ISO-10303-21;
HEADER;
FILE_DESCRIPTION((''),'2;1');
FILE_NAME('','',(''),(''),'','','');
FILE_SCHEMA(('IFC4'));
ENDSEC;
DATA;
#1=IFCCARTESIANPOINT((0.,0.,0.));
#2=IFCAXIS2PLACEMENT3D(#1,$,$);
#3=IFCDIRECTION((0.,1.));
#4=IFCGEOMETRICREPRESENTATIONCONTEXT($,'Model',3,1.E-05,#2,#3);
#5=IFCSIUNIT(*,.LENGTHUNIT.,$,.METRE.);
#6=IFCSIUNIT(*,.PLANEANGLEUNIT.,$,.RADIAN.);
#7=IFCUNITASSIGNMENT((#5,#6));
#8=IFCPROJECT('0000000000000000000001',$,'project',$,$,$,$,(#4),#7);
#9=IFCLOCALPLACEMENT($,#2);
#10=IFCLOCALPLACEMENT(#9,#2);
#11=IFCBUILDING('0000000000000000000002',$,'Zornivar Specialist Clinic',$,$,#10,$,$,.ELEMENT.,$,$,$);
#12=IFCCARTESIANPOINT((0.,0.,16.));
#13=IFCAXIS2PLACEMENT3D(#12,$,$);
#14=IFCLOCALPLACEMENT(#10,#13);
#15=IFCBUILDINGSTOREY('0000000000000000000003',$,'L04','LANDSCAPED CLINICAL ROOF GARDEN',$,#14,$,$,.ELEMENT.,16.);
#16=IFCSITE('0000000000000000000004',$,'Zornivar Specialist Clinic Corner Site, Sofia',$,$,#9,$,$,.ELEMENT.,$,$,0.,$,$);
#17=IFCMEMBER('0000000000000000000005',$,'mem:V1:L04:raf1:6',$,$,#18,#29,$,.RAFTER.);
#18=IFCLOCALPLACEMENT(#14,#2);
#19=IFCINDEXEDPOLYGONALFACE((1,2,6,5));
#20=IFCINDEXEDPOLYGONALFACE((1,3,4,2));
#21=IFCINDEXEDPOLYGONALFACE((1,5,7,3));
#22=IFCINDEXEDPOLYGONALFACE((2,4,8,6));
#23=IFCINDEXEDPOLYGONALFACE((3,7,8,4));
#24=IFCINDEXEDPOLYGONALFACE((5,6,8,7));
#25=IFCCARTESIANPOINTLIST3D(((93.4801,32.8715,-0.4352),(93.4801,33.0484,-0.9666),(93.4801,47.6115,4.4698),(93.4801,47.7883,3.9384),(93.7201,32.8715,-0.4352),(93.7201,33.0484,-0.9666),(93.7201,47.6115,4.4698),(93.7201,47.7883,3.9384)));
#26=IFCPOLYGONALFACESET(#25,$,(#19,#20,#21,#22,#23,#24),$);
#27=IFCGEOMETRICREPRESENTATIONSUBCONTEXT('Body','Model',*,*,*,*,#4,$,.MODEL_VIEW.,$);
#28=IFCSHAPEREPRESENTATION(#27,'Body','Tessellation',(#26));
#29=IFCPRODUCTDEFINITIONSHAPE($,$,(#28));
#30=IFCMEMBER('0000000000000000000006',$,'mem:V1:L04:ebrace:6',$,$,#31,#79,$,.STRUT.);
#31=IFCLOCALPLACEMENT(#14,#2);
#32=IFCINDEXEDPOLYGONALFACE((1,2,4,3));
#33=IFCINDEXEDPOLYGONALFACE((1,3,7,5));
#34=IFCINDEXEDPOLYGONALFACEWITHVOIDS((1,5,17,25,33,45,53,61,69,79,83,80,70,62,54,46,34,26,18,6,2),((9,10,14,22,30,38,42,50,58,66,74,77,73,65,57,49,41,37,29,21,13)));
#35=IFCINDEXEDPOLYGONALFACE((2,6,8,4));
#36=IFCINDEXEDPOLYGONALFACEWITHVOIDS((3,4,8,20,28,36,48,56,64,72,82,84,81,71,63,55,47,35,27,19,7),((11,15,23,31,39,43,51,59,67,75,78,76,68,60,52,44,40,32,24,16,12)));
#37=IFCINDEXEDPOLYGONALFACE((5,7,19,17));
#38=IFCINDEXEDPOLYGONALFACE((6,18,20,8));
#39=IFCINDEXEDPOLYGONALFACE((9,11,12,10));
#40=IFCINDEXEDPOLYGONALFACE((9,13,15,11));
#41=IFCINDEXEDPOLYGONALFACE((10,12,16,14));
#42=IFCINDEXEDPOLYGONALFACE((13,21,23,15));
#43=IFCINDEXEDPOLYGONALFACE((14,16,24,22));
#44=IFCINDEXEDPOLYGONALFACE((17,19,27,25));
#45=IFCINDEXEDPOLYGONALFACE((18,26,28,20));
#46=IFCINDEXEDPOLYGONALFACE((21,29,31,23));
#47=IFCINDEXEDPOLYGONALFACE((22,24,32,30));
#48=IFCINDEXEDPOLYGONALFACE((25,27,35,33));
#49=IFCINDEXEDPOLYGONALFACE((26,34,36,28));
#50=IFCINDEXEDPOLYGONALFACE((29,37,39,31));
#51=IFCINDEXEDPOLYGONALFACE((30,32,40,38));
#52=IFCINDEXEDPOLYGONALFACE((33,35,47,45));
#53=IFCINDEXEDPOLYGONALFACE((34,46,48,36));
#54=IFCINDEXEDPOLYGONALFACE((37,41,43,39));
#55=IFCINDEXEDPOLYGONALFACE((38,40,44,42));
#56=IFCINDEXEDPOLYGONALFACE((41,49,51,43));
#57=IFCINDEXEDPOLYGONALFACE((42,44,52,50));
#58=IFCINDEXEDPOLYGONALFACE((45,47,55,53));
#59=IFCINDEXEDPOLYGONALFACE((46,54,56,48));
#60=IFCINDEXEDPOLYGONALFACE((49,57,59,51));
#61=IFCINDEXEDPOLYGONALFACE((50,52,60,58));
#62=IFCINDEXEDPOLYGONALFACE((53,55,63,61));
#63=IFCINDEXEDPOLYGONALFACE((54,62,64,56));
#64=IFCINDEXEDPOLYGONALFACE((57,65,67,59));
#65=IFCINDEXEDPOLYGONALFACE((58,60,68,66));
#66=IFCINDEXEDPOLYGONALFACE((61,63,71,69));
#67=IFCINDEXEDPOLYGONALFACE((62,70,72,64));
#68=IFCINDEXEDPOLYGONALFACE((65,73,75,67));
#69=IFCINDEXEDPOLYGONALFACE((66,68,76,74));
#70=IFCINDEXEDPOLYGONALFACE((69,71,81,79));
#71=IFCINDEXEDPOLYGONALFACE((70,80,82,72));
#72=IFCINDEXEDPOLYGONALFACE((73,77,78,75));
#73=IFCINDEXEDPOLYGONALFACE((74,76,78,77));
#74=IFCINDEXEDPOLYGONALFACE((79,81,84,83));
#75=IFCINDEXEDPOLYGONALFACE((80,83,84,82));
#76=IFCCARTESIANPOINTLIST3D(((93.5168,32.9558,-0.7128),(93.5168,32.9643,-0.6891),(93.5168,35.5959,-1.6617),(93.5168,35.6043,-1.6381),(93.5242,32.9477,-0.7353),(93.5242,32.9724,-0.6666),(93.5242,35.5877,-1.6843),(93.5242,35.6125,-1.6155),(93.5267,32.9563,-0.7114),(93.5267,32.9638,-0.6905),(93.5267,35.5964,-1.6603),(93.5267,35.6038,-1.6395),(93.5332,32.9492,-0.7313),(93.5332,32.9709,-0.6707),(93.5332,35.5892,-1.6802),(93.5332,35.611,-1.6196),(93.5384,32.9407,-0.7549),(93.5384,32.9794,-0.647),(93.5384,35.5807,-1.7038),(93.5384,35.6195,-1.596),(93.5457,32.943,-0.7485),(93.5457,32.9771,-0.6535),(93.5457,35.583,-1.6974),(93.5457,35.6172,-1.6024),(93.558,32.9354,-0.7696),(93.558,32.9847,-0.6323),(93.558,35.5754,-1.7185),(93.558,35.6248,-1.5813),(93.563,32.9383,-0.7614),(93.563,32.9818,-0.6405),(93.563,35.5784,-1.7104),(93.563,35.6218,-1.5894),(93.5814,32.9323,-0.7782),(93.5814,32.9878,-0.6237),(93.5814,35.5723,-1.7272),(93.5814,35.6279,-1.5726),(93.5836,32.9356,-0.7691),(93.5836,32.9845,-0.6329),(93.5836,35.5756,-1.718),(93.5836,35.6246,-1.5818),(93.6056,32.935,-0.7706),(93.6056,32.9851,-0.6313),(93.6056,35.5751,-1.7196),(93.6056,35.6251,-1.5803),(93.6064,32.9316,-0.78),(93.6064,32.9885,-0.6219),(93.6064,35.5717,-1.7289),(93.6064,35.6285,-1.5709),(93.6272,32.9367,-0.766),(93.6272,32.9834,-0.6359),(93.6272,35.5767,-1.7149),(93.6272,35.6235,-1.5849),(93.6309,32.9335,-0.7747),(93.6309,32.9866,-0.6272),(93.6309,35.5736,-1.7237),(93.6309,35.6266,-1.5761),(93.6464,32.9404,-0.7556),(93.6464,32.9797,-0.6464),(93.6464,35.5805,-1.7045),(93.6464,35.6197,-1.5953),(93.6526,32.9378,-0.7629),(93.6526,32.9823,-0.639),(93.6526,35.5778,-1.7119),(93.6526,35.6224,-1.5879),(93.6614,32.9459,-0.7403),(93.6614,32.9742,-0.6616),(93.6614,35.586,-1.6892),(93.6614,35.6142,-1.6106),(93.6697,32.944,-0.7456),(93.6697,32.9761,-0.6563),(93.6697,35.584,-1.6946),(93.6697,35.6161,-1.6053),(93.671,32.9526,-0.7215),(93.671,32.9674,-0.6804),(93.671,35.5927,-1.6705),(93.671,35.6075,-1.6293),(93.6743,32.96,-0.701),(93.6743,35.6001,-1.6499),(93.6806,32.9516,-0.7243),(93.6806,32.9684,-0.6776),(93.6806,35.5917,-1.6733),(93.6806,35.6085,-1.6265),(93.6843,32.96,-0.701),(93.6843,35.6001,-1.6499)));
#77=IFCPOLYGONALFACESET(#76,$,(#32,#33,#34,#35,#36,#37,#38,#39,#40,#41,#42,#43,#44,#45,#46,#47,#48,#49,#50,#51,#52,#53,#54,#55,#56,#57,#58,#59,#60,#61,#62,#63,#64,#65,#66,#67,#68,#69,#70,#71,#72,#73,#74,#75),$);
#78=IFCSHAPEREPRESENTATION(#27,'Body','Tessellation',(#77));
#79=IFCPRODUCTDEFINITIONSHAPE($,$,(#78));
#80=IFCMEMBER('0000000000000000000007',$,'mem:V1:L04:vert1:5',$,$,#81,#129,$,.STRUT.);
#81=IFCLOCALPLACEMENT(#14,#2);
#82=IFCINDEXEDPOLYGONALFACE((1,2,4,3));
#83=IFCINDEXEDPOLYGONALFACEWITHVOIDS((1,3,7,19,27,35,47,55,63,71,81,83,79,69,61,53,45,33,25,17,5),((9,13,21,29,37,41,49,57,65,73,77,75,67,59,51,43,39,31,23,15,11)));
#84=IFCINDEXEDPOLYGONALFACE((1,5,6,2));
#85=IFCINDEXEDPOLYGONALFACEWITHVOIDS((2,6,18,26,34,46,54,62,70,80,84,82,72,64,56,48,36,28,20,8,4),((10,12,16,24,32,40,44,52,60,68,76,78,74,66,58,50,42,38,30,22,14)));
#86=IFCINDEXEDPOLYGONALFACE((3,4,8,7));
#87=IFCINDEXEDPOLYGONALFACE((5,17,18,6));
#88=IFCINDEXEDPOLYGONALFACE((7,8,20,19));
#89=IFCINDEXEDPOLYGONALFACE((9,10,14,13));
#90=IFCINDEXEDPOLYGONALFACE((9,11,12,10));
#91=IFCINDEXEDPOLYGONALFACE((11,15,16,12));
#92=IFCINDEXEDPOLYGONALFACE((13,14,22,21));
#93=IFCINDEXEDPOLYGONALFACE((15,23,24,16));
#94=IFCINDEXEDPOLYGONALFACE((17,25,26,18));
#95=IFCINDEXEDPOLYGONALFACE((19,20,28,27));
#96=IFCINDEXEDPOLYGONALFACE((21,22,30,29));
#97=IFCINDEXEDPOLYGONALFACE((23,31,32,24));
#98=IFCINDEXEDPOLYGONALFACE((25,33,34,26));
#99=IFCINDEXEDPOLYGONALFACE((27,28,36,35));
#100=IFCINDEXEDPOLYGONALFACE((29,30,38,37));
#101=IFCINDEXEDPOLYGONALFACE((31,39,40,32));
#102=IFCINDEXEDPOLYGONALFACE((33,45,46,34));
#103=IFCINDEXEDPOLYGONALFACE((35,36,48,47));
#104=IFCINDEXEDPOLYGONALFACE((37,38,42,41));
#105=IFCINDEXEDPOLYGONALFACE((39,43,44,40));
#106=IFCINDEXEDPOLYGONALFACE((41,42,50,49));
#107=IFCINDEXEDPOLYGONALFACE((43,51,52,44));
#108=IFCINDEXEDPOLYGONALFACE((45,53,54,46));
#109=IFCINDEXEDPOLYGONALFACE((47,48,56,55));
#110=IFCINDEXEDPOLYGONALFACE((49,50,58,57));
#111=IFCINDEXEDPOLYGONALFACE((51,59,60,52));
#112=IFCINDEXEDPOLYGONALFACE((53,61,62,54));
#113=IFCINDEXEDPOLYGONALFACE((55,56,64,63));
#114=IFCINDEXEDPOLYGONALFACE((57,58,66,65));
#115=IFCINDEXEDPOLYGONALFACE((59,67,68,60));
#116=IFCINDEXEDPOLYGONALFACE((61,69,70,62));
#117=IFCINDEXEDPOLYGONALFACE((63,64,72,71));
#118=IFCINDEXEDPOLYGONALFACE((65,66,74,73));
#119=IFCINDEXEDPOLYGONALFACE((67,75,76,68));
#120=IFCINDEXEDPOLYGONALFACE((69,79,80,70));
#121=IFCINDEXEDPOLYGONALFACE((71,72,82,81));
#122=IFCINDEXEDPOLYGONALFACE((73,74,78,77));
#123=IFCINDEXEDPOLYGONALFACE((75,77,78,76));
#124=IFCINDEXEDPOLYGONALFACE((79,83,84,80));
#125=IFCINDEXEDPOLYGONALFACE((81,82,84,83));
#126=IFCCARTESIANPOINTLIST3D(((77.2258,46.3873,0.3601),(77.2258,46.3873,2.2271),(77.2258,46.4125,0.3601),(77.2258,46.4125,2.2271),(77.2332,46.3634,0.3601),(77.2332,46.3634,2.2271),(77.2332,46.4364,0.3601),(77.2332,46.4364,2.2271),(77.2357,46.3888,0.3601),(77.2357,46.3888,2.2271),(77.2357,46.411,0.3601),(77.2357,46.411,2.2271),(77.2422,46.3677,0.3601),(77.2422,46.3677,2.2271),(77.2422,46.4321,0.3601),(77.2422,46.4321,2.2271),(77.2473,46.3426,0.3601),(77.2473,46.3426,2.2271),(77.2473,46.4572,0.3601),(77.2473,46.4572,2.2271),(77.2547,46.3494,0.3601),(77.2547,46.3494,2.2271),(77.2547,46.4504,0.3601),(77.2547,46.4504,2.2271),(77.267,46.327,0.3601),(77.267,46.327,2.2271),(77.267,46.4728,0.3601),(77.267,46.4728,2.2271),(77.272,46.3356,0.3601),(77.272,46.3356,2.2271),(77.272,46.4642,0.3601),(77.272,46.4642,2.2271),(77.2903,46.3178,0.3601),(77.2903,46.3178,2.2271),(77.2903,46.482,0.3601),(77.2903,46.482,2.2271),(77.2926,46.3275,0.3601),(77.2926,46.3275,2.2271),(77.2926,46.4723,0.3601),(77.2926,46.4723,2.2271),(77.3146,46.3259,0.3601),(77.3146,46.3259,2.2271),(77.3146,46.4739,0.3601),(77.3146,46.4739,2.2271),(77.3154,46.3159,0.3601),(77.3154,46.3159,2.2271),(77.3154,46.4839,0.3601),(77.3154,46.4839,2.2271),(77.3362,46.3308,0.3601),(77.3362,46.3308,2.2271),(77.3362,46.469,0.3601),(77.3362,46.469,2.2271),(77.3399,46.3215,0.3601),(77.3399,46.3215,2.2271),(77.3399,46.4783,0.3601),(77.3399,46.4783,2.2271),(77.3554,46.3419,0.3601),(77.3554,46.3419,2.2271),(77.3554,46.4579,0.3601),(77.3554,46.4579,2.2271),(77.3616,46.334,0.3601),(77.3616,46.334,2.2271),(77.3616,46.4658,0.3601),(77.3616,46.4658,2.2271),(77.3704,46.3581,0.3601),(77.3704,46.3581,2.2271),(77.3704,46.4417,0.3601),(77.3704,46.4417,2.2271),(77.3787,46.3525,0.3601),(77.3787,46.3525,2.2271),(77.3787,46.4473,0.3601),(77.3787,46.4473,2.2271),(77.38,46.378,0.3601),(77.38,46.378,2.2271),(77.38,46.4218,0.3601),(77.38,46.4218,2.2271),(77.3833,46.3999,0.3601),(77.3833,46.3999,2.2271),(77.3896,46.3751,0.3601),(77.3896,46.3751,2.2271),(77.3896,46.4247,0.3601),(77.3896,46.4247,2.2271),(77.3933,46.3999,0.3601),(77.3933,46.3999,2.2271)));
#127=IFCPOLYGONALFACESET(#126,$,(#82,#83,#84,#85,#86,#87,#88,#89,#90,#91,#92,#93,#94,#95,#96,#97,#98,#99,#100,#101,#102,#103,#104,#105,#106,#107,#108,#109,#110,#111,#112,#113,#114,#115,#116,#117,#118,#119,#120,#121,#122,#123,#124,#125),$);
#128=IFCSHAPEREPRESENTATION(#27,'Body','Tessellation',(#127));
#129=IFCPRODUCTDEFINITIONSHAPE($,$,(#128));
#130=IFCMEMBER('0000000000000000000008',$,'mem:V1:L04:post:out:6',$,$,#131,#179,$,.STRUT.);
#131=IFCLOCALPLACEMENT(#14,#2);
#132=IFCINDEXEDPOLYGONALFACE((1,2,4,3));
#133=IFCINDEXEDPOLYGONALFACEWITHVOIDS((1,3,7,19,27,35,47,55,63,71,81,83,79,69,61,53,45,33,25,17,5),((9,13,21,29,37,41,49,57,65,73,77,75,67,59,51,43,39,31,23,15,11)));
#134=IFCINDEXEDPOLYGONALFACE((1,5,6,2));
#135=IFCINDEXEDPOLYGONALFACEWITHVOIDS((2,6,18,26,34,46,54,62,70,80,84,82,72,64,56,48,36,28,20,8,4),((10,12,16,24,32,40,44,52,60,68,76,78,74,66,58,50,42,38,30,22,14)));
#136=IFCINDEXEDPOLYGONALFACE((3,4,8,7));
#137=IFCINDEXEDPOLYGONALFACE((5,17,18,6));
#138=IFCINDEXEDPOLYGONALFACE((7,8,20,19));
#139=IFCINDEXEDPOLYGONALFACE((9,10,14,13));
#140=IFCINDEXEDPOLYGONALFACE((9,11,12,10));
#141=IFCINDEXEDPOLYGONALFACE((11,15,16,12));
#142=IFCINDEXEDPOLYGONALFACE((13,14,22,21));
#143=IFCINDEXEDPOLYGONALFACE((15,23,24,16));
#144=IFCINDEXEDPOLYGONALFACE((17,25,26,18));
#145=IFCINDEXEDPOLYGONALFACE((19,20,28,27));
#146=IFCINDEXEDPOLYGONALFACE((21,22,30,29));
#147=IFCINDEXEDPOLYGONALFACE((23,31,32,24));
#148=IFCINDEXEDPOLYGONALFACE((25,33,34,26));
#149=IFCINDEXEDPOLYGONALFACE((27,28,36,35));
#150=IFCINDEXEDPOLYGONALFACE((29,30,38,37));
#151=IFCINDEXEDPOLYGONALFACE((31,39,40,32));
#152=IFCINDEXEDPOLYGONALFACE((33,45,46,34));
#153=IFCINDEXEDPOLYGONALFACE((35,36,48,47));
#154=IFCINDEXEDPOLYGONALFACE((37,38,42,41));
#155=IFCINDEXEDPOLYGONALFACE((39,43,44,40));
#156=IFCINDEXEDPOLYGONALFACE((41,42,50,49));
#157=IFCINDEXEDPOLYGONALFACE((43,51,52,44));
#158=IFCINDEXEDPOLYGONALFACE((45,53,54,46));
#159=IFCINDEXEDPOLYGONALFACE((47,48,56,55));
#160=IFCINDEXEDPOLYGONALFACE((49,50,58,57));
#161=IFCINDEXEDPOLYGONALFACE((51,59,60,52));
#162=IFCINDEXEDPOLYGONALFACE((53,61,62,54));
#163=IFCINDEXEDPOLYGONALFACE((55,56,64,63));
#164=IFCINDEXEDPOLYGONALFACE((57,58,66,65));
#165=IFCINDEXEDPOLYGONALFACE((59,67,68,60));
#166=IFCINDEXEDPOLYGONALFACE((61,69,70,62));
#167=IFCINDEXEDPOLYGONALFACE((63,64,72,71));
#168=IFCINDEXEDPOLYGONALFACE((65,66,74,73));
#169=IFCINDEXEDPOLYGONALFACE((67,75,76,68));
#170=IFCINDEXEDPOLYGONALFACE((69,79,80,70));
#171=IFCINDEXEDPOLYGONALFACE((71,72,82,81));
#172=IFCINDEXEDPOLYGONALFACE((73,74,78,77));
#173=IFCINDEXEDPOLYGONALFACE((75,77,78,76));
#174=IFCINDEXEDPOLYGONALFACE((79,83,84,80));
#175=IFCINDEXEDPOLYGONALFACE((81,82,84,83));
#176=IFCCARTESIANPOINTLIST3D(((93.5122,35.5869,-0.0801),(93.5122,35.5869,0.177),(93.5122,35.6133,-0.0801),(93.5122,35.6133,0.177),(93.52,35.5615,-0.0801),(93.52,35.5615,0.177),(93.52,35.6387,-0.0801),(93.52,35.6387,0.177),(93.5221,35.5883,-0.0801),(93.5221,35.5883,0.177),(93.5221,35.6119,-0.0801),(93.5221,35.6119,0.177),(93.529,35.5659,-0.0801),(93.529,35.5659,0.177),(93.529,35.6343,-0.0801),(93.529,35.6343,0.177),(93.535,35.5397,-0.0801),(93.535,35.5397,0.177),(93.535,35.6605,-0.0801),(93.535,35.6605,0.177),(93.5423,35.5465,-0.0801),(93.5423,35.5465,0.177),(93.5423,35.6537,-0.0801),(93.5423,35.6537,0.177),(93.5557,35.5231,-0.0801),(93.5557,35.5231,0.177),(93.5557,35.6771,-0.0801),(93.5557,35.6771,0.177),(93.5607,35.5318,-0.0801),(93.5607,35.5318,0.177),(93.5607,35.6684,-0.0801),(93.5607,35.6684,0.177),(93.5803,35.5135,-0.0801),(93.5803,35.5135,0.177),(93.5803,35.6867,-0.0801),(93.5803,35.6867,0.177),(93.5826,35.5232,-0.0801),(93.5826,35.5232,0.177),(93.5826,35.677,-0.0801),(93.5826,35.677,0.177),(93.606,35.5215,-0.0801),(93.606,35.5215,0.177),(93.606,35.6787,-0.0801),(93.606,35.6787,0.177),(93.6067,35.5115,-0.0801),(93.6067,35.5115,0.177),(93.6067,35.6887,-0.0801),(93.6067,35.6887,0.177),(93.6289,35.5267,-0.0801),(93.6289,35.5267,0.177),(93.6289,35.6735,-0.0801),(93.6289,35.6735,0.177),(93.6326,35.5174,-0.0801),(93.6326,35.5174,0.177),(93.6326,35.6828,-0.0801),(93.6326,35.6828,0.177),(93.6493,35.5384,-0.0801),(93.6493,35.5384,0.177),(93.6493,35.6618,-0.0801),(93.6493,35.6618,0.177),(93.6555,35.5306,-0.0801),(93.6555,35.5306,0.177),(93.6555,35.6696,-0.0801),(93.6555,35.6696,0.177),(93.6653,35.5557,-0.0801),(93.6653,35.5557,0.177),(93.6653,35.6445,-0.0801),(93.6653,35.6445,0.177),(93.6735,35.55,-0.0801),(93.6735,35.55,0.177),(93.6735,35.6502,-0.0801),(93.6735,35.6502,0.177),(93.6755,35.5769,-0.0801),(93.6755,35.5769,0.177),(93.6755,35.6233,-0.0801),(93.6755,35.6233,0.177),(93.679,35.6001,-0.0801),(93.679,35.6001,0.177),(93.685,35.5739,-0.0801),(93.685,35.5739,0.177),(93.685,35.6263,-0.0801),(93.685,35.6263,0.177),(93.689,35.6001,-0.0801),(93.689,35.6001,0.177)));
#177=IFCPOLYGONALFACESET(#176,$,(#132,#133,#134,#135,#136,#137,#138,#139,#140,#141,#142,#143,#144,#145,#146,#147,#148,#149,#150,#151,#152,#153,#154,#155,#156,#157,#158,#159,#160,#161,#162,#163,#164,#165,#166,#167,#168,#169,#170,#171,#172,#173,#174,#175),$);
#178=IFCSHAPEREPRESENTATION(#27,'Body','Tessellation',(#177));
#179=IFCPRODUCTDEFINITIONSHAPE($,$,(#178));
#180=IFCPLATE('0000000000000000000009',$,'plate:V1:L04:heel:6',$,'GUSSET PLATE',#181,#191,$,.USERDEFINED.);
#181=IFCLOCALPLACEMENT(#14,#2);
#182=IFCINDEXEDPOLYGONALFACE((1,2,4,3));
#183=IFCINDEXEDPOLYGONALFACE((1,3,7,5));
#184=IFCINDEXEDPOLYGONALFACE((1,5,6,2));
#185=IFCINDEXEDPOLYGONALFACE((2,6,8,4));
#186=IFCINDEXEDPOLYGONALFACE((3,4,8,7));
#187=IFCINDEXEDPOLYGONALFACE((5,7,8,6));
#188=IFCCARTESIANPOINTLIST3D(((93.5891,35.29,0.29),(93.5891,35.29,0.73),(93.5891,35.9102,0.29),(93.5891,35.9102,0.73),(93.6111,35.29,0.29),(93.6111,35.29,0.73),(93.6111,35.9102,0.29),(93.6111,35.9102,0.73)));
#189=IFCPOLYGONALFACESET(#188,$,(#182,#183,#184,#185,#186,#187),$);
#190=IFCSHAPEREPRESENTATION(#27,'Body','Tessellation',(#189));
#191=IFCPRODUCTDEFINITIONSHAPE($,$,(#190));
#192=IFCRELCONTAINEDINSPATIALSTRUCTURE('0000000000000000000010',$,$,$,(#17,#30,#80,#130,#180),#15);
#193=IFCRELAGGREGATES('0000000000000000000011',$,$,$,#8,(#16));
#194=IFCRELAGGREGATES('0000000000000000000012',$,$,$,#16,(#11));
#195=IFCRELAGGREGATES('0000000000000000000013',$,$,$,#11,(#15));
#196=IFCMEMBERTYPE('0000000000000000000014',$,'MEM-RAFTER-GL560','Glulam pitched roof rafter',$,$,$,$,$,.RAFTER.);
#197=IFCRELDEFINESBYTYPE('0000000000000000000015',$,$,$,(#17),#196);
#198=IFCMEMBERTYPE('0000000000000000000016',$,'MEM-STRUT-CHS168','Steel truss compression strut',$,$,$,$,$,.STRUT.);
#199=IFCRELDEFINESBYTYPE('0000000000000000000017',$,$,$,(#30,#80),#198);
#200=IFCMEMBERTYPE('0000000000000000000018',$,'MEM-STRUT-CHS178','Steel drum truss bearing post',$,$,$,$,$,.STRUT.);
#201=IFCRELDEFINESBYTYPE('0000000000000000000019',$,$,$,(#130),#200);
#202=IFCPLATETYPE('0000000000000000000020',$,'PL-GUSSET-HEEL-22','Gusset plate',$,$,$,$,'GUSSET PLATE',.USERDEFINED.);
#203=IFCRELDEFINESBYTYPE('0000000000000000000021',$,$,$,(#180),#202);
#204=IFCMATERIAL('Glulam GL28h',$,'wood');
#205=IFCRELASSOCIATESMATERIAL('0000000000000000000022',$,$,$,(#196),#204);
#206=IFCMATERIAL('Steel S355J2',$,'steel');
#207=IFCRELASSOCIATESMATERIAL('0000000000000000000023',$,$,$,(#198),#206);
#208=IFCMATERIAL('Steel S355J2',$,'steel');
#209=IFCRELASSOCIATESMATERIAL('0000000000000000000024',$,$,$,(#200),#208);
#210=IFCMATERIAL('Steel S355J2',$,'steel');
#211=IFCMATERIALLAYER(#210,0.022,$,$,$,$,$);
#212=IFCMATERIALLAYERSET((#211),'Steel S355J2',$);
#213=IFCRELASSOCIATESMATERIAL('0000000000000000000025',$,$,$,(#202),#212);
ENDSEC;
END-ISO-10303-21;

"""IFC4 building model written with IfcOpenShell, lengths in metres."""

from ifc_helpers import new_model, si_unit, direction, frame, origin, origin_2d, place, context, subcontext, project, spatial, rectangle, hollow_circle, extrude, material, layer, layer_set, material_profile, profile_set, type_object, element, save


model = new_model("IFC4")

# Units and contexts
model_context = context("Model", 3, precision=1e-05, world=origin(), true_north=direction((0.0, 1.0)))
body_context = subcontext(model_context, "Body", "Model", "MODEL_VIEW")
ifc_project = project(units=[si_unit("LENGTHUNIT", "METRE"), si_unit("PLANEANGLEUNIT", "RADIAN")], contexts=[model_context])

# Site, building, storey
site_placement = place(None, origin())
site = spatial("IfcSite", under=ifc_project, at=site_placement, Name="Zornivar Specialist Clinic Corner Site, Sofia", CompositionType="ELEMENT", RefElevation=0.0)
building_placement = place(site_placement, origin())
building = spatial("IfcBuilding", under=site, at=building_placement, Name="Zornivar Specialist Clinic", CompositionType="ELEMENT")
storey_placement = place(building_placement, frame((0.0, 0.0, 16.0)))
storey = spatial("IfcBuildingStorey", under=building, at=storey_placement, Name="L04", Description="LANDSCAPED CLINICAL ROOF GARDEN", CompositionType="ELEMENT", Elevation=16.0)

# Members
ifc_material_1 = material(Name="Glulam GL28h", Category="wood")
ifc_material_profile_1 = material_profile(ifc_material_1, rectangle(XDim=0.24, YDim=0.5601, at=origin_2d()), Name="GL28h 240x560")
ifc_profile_set_1 = profile_set([ifc_material_profile_1], Name="Glulam GL28h")
member_type_1 = type_object("IfcMemberType", Name="MEM-RAFTER-GL560", Description="Glulam pitched roof rafter", PredefinedType="RAFTER", material=ifc_profile_set_1)
member_1_placement = place(storey_placement, frame((93.6001, 32.96, -0.7009), z_axis=(0.0, 0.948843, 0.315747), x_axis=(-1.0, 0.0, 0.0)))
element("IfcMember", 1, at=member_1_placement, inside=storey, type_object=member_type_1, Name="mem:V1:L04:raf1:6", PredefinedType="RAFTER", context=body_context, shape_type="SweptSolid", body=[
    extrude(rectangle(XDim=0.24, YDim=0.5601, at=origin_2d()), origin(), (0.0, 0.0, 1.0), 15.5347),
])
ifc_material_2 = material(Name="Steel S355J2", Category="steel")
ifc_material_profile_2 = material_profile(ifc_material_2, hollow_circle(Radius=0.0842, WallThickness=0.01, at=origin_2d()), Name="CHS 168.3x10")
ifc_profile_set_2 = profile_set([ifc_material_profile_2], Name="Steel S355J2")
member_type_2 = type_object("IfcMemberType", Name="MEM-STRUT-CHS168", Description="Steel truss compression strut", PredefinedType="STRUT", material=ifc_profile_set_2)
member_2_placement = place(storey_placement, frame((93.6001, 35.6001, -1.6499), z_axis=(0.0, -0.941055, 0.338254), x_axis=(1.0, 0.0, 0.0)))
element("IfcMember", 2, at=member_2_placement, inside=storey, type_object=member_type_2, Name="mem:V1:L04:ebrace:6", PredefinedType="STRUT", context=body_context, shape_type="SweptSolid", body=[
    extrude(hollow_circle(Radius=0.0842, WallThickness=0.01, at=origin_2d()), origin(), (0.0, 0.0, 1.0), 2.8054),
])
member_3_placement = place(storey_placement, frame((77.3091, 46.3999, 0.3601), z_axis=(0.0, 0.0, 1.0), x_axis=(1.0, 0.0, 0.0)))
element("IfcMember", 3, at=member_3_placement, inside=storey, type_object=member_type_2, Name="mem:V1:L04:vert1:5", PredefinedType="STRUT", context=body_context, shape_type="SweptSolid", body=[
    extrude(hollow_circle(Radius=0.0842, WallThickness=0.01, at=origin_2d()), origin(), (0.0, 0.0, 1.0), 1.8669),
])
ifc_material_3 = material(Name="Steel S355J2", Category="steel")
ifc_material_profile_3 = material_profile(ifc_material_3, hollow_circle(Radius=0.0889, WallThickness=0.01, at=origin_2d()), Name="CHS 177.8x10")
ifc_profile_set_3 = profile_set([ifc_material_profile_3], Name="Steel S355J2")
member_type_3 = type_object("IfcMemberType", Name="MEM-STRUT-CHS178", Description="Steel drum truss bearing post", PredefinedType="STRUT", material=ifc_profile_set_3)
member_4_placement = place(storey_placement, frame((93.6001, 35.6001, -0.0801), z_axis=(0.0, 0.0, 1.0), x_axis=(1.0, 0.0, 0.0)))
element("IfcMember", 4, at=member_4_placement, inside=storey, type_object=member_type_3, Name="mem:V1:L04:post:out:6", PredefinedType="STRUT", context=body_context, shape_type="SweptSolid", body=[
    extrude(hollow_circle(Radius=0.0889, WallThickness=0.01, at=origin_2d()), origin(), (0.0, 0.0, 1.0), 0.2571),
])

# Plate
ifc_material_4 = material(Name="Steel S355J2", Category="steel")
ifc_layer_1 = layer(ifc_material_4, 0.022)
ifc_layer_set_1 = layer_set([ifc_layer_1], Name="Steel S355J2")
plate_type_1 = type_object("IfcPlateType", Name="PL-GUSSET-HEEL-22", Description="Gusset plate", ElementType="GUSSET PLATE", PredefinedType="USERDEFINED", material=ifc_layer_set_1)
plate_1_placement = place(storey_placement, frame((93.6001, 35.6001, 0.29), z_axis=(0.0, 0.0, 1.0), x_axis=(0.0, -1.0, 0.0)))
element("IfcPlate", 5, at=plate_1_placement, inside=storey, type_object=plate_type_1, Name="plate:V1:L04:heel:6", ObjectType="GUSSET PLATE", PredefinedType="USERDEFINED", context=body_context, shape_type="SweptSolid", body=[
    extrude(rectangle(XDim=0.6201, YDim=0.022, at=origin_2d()), origin(), (0.0, 0.0, 1.0), 0.4399),
])

save(model, "model.ifc")
